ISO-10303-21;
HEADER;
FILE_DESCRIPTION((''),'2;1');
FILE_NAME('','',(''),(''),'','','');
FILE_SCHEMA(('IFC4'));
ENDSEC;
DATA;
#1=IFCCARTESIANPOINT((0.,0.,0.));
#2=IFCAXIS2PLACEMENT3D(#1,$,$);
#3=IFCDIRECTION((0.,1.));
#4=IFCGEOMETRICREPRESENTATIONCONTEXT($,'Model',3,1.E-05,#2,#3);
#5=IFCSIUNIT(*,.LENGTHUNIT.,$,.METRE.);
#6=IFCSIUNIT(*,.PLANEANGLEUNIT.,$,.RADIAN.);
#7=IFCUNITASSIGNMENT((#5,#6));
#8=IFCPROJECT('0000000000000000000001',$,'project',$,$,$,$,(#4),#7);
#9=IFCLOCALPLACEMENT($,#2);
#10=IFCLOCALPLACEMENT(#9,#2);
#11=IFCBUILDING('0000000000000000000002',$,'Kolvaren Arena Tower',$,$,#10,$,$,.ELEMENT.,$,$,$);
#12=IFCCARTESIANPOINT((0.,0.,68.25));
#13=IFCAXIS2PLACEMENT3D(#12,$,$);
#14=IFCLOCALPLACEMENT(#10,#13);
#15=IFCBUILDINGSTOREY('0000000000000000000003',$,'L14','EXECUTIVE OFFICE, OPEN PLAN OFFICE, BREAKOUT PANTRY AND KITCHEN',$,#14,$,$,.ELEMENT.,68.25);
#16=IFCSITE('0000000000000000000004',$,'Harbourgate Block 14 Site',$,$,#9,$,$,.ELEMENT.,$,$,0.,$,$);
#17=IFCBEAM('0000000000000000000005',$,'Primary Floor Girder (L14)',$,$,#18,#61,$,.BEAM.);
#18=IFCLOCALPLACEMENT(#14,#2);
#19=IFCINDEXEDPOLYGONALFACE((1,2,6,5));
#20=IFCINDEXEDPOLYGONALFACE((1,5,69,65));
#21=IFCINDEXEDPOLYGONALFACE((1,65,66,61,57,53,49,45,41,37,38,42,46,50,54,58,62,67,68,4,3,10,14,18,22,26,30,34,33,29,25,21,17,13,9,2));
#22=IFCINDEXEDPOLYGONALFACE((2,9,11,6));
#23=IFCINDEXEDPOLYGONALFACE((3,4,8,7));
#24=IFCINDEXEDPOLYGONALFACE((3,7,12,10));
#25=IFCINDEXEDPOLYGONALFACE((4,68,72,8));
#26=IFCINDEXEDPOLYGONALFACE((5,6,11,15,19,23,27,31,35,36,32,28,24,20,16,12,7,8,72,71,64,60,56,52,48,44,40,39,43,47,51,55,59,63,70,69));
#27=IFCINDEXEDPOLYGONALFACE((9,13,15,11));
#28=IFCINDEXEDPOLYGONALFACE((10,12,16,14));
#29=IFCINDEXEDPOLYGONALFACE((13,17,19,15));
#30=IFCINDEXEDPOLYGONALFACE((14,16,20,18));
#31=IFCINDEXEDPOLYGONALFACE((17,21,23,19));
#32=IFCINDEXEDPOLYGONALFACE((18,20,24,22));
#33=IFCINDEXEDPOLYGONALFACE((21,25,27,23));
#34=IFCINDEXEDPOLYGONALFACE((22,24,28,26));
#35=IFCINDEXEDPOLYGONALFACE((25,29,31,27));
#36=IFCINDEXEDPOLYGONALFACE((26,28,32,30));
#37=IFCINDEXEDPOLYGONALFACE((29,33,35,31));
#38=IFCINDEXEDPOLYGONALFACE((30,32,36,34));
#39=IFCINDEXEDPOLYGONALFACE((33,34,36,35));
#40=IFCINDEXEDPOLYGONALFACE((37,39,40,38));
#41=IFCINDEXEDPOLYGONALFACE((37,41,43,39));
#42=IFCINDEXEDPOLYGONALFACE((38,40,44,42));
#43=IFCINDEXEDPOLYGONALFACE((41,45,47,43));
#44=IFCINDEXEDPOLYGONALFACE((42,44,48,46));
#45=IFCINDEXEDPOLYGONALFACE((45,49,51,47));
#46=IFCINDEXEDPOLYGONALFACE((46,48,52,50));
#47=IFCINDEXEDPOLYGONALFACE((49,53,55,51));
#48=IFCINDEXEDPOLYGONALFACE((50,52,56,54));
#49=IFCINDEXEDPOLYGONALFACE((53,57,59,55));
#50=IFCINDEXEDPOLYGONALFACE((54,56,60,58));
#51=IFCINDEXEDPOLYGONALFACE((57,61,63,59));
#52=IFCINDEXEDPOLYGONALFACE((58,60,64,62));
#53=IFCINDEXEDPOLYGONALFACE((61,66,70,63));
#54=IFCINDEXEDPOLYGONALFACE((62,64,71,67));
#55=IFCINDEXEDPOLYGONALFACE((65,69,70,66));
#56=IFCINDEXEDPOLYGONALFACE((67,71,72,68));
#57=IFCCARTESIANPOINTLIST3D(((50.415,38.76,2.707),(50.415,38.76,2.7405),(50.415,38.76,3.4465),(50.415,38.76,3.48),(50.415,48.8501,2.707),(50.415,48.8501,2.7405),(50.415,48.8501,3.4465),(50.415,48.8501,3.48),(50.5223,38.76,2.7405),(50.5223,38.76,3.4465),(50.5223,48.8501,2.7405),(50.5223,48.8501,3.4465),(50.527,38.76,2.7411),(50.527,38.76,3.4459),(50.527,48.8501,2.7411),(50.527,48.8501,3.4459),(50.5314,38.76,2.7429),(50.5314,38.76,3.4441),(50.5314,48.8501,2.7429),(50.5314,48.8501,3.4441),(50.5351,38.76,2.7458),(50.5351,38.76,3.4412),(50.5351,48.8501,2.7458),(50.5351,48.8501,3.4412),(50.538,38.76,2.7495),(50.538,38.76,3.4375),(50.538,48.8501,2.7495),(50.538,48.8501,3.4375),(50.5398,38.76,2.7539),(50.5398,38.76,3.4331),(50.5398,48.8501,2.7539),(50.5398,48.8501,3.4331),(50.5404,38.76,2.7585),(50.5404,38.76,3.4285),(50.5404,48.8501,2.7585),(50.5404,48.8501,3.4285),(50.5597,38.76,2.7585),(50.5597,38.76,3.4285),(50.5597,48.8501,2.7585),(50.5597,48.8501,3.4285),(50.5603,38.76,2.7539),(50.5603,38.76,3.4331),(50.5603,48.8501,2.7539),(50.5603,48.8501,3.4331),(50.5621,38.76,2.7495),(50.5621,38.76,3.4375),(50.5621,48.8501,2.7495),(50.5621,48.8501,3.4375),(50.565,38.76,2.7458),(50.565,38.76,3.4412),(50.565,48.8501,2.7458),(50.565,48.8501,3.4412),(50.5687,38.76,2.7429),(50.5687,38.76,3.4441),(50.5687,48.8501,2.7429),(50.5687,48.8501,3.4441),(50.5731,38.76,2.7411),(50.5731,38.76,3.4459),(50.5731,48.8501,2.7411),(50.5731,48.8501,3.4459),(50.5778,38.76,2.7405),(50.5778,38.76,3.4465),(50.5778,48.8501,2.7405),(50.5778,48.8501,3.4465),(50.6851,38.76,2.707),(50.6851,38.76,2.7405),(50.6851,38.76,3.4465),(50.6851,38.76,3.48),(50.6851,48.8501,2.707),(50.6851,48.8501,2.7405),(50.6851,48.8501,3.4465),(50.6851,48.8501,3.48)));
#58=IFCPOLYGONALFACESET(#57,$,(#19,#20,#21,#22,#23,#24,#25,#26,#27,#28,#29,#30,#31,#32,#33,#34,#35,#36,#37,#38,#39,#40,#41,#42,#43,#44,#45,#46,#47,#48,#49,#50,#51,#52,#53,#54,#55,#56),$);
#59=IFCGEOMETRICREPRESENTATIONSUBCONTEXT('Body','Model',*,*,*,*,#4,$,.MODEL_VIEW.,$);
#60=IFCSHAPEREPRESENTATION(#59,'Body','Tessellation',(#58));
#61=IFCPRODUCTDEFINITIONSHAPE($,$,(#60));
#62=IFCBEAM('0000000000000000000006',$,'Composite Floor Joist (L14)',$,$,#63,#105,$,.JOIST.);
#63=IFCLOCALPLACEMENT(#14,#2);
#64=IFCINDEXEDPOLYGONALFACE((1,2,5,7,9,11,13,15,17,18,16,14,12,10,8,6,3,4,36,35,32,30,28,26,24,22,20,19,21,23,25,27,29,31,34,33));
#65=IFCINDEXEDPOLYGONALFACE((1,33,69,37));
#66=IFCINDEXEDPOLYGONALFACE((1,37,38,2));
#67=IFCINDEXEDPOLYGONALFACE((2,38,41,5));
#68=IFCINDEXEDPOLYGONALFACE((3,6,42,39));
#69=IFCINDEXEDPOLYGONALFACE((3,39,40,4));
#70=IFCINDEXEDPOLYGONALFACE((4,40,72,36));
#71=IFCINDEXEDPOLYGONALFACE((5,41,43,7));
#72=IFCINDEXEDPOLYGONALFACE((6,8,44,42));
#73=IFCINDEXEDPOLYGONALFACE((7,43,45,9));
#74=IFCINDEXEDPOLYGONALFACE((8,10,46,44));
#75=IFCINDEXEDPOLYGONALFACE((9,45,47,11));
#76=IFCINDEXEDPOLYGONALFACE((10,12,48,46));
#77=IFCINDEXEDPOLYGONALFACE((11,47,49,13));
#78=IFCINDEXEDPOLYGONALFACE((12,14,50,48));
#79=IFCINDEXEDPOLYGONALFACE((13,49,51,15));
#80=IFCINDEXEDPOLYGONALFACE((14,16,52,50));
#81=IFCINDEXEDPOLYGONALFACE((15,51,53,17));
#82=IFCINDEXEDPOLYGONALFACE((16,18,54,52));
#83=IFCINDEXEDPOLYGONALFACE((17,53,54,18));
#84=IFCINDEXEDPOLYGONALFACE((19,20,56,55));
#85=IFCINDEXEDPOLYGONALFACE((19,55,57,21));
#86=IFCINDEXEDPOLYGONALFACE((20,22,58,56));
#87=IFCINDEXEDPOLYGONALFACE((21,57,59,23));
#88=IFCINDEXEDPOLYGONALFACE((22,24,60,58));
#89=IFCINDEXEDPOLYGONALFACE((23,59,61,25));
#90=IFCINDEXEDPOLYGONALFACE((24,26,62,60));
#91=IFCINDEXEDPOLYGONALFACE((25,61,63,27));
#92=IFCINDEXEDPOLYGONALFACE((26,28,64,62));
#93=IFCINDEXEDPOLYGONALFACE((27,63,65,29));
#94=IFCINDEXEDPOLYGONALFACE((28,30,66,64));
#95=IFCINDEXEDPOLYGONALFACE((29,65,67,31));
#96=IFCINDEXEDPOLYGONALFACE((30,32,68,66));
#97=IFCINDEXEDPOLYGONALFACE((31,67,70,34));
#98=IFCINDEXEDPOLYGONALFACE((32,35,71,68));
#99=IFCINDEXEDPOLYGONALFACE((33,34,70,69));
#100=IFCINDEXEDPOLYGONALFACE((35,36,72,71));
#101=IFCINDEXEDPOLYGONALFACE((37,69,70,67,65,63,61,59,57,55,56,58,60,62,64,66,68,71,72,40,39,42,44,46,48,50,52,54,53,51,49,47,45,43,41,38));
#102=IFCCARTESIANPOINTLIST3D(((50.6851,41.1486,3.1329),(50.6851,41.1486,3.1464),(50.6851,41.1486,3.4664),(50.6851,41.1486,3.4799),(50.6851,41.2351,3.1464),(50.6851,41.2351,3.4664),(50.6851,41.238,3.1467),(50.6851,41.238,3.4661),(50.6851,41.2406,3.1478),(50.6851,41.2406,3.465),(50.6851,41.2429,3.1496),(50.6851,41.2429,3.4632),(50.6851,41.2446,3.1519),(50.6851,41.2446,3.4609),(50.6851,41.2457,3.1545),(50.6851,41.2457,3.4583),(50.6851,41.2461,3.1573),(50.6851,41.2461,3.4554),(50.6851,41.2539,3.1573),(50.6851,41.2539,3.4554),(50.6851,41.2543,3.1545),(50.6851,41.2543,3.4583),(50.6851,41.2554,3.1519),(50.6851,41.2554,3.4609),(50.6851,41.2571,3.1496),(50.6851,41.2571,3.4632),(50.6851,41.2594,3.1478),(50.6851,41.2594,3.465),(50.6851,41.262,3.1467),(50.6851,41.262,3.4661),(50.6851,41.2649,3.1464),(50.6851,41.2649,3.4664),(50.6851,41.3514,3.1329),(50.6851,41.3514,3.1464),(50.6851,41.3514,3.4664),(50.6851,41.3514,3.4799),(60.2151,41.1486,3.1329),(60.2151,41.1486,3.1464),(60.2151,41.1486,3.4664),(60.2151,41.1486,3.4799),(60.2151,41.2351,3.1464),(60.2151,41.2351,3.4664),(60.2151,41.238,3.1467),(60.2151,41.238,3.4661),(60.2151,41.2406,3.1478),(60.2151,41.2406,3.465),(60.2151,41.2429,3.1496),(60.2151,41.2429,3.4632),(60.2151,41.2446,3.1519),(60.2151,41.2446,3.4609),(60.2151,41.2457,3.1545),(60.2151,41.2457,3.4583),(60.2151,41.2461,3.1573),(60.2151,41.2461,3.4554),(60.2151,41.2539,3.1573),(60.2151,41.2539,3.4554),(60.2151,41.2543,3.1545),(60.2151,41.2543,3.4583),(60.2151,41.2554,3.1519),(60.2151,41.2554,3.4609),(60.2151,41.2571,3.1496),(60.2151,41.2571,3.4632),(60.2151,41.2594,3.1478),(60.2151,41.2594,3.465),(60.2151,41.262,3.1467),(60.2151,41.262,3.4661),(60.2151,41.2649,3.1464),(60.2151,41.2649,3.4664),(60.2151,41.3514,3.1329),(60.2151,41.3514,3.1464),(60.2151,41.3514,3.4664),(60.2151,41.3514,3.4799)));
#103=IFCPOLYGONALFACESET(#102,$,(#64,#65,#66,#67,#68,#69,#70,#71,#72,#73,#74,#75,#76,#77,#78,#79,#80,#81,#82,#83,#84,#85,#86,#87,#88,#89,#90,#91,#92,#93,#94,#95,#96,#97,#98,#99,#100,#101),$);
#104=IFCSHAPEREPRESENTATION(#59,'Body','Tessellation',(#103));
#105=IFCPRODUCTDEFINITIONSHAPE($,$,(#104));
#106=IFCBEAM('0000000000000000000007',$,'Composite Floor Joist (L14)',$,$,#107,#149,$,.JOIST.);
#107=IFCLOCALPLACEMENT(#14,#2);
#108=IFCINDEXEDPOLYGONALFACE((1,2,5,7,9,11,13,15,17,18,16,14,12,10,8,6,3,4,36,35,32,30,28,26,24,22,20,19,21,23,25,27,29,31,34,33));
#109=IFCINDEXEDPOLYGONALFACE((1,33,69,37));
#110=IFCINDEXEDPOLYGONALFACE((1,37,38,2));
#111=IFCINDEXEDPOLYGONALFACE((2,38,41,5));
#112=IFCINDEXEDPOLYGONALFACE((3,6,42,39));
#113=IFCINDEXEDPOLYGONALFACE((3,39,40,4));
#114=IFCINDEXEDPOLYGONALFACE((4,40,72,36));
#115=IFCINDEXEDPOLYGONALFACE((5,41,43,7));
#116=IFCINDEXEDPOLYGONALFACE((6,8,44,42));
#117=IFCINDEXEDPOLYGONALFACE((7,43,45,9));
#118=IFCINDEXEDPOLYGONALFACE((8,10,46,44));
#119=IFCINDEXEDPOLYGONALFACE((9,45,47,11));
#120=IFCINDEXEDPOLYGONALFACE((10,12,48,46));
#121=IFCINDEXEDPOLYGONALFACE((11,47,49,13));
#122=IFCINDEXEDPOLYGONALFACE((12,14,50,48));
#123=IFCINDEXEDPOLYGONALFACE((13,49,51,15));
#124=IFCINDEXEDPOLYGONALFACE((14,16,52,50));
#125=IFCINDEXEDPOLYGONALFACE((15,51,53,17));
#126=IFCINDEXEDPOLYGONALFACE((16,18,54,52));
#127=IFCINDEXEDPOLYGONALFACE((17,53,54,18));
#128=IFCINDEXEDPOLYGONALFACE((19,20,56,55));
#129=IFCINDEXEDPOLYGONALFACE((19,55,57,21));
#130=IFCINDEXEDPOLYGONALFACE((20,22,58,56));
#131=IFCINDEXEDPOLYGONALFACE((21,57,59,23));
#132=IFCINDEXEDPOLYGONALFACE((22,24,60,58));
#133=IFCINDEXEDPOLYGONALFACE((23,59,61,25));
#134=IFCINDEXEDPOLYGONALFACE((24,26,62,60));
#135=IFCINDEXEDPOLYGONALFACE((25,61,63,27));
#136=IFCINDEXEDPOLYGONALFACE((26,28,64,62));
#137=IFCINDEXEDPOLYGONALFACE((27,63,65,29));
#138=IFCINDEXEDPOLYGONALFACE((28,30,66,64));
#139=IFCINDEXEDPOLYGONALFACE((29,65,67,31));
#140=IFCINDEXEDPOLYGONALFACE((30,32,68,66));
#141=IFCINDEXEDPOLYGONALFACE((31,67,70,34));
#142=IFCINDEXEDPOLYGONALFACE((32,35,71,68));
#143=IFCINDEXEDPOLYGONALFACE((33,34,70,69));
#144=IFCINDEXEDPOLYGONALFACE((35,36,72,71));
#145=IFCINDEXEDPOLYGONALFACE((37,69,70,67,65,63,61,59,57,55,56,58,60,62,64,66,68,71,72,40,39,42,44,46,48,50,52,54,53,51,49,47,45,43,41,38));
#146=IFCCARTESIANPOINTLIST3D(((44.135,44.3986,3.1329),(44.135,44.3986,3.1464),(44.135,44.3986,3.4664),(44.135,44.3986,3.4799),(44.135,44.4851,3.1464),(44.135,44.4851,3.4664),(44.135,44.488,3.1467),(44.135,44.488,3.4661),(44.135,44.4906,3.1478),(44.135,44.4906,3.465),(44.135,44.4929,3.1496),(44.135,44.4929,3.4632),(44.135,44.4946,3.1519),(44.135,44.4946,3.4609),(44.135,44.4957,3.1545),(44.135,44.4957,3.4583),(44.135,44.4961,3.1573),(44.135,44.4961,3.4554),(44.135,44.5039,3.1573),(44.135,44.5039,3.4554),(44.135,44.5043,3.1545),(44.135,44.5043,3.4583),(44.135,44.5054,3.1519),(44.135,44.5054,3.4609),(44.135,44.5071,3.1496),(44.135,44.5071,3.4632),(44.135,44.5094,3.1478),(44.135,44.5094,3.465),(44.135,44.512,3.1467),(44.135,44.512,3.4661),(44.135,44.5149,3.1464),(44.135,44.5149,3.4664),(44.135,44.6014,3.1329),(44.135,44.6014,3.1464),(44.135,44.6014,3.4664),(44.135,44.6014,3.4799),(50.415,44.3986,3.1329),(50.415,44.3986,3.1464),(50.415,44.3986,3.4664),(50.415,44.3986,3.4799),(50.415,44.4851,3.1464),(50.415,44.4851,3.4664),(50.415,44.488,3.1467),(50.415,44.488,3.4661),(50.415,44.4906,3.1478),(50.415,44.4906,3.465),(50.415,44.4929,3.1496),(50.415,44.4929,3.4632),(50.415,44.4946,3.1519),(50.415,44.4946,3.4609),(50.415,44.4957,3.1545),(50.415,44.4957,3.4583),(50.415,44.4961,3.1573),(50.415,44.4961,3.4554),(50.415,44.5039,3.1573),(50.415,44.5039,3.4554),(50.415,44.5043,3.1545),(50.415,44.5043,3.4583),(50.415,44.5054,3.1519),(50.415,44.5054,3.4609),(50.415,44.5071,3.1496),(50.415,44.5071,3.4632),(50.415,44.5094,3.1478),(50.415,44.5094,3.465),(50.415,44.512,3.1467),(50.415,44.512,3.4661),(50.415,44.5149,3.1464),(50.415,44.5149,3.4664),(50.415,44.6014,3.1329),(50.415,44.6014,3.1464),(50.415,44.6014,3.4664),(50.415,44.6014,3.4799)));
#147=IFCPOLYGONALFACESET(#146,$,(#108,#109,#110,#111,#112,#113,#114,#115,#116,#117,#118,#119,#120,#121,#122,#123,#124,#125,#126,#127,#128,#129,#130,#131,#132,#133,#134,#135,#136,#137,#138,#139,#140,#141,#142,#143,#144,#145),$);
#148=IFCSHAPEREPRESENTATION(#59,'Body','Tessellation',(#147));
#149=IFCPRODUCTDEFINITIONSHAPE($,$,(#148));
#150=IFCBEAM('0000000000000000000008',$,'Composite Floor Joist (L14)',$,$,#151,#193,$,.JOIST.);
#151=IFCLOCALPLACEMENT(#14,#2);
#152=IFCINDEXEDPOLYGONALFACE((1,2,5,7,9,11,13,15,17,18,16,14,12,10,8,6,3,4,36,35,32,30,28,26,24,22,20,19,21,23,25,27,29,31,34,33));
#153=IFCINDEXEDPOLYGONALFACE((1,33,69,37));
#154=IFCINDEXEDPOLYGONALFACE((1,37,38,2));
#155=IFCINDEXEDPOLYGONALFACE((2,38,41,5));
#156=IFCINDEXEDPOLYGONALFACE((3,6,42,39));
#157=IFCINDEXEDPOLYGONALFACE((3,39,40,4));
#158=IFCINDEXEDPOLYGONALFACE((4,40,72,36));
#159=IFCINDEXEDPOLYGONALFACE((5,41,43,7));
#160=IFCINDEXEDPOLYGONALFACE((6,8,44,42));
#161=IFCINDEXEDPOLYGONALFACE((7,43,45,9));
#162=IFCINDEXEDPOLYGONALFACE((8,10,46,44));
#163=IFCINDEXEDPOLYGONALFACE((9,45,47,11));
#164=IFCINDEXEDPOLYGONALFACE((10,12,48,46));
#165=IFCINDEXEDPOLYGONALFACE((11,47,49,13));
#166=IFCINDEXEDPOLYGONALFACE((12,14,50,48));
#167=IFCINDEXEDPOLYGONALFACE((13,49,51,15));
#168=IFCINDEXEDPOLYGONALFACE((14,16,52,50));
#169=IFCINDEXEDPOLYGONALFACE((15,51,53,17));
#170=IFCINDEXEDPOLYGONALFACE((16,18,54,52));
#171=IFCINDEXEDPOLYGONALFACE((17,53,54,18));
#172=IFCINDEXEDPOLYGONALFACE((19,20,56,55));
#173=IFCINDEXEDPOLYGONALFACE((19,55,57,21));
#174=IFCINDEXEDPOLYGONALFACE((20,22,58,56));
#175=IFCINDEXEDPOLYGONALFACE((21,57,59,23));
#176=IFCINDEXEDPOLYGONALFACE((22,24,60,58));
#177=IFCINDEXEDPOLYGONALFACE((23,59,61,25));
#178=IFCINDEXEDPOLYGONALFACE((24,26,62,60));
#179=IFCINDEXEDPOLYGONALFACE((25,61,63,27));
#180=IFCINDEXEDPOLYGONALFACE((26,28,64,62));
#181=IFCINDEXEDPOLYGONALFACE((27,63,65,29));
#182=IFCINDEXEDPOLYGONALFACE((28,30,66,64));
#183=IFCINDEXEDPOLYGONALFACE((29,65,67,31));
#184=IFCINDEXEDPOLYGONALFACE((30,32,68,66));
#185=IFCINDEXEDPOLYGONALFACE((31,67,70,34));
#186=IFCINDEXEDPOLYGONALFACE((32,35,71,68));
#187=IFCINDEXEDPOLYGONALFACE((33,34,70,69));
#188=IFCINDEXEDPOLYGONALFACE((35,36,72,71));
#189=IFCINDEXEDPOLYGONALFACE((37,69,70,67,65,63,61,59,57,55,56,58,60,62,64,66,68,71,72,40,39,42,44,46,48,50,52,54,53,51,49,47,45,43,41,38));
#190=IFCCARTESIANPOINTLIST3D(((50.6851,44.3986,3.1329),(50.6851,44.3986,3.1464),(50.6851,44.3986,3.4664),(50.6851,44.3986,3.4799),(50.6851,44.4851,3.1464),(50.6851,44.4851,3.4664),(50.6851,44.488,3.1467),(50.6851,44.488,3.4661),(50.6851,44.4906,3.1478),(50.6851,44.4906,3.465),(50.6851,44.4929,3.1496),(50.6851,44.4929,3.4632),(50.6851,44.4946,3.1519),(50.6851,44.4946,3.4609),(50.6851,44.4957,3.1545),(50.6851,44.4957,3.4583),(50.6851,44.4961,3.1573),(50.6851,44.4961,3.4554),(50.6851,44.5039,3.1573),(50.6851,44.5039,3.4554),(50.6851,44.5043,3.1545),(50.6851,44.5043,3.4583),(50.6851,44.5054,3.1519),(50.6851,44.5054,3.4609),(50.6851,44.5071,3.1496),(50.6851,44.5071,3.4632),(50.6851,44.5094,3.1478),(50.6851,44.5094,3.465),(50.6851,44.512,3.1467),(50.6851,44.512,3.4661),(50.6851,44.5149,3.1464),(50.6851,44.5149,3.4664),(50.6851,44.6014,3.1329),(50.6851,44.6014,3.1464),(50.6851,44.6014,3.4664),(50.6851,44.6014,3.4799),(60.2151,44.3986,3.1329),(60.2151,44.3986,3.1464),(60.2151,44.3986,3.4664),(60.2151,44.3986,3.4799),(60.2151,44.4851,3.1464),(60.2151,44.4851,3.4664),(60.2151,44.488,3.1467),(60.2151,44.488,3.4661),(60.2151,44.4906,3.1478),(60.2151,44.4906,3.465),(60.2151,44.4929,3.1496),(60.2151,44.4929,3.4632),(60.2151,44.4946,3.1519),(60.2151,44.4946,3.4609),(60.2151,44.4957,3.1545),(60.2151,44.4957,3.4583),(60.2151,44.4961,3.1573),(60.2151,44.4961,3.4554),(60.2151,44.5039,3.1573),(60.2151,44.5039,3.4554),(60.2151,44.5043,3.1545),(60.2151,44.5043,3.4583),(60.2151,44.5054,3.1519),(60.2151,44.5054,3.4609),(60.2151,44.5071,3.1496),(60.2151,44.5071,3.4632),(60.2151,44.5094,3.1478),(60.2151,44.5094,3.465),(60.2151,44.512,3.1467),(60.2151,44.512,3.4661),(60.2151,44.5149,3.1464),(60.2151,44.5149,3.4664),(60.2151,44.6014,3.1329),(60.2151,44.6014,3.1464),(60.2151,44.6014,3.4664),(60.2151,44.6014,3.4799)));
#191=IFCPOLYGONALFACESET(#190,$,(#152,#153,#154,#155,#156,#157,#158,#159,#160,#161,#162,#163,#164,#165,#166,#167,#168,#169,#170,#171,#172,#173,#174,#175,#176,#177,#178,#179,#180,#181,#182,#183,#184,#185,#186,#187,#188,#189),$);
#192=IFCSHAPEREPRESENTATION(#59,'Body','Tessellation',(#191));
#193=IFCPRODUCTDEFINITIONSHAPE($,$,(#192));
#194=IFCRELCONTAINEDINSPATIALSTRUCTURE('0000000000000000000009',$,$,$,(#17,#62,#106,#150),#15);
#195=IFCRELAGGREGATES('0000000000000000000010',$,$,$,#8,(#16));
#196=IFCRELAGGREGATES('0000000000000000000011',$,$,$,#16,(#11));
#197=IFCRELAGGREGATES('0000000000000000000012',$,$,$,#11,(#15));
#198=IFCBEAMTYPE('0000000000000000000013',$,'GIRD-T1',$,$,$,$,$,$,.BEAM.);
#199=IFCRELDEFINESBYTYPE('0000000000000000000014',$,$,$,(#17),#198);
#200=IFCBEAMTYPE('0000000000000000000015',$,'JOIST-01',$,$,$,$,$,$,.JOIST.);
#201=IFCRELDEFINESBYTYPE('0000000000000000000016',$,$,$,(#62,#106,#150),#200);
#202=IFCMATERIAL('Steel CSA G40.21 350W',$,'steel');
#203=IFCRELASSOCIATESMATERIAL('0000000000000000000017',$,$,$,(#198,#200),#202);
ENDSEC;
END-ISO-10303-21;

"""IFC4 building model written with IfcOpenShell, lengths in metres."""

from ifc_helpers import new_model, si_unit, direction, frame, origin, origin_2d, place, context, subcontext, project, spatial, i_section, extrude, material, material_profile, profile_set, type_object, element, save


model = new_model("IFC4")

# Units and contexts
model_context = context("Model", 3, precision=1e-05, world=origin(), true_north=direction((0.0, 1.0)))
body_context = subcontext(model_context, "Body", "Model", "MODEL_VIEW")
ifc_project = project(units=[si_unit("LENGTHUNIT", "METRE"), si_unit("PLANEANGLEUNIT", "RADIAN")], contexts=[model_context])

# Site, building, storey
site_placement = place(None, origin())
site = spatial("IfcSite", under=ifc_project, at=site_placement, Name="Harbourgate Block 14 Site", CompositionType="ELEMENT", RefElevation=0.0)
building_placement = place(site_placement, origin())
building = spatial("IfcBuilding", under=site, at=building_placement, Name="Kolvaren Arena Tower", CompositionType="ELEMENT")
storey_placement = place(building_placement, frame((0.0, 0.0, 68.25)))
storey = spatial("IfcBuildingStorey", under=building, at=storey_placement, Name="L14", Description="EXECUTIVE OFFICE, OPEN PLAN OFFICE, BREAKOUT PANTRY AND KITCHEN", CompositionType="ELEMENT", Elevation=68.25)

# Beams
ifc_material_1 = material(Name="Steel CSA G40.21 350W", Category="steel")
ifc_material_profile_1 = material_profile(ifc_material_1, i_section(OverallWidth=0.27, OverallDepth=0.7729, WebThickness=0.0193, FlangeThickness=0.0334, FilletRadius=0.0181, at=origin_2d()), Name="W760x257")
ifc_profile_set_1 = profile_set([ifc_material_profile_1], Name="Steel CSA G40.21 350W")
beam_type_1 = type_object("IfcBeamType", Name="GIRD-T1", PredefinedType="BEAM", material=ifc_profile_set_1)
beam_1_placement = place(storey_placement, frame((50.55, 38.76, 3.0935), z_axis=(0.0, 1.0, 0.0), x_axis=(-1.0, 0.0, 0.0)))
element("IfcBeam", 1, at=beam_1_placement, inside=storey, type_object=beam_type_1, Name="Primary Floor Girder (L14)", PredefinedType="BEAM", context=body_context, shape_type="SweptSolid", body=[
    extrude(i_section(OverallWidth=0.27, OverallDepth=0.7729, WebThickness=0.0193, FlangeThickness=0.0334, FilletRadius=0.0181, at=origin_2d()), origin(), (0.0, 0.0, 1.0), 10.0901),
])
ifc_material_profile_2 = material_profile(ifc_material_1, i_section(OverallWidth=0.2029, OverallDepth=0.3469, WebThickness=0.0078, FlangeThickness=0.0134, FilletRadius=0.011, at=origin_2d()), Name="W360x64")
ifc_profile_set_2 = profile_set([ifc_material_profile_2], Name="Steel CSA G40.21 350W")
beam_type_2 = type_object("IfcBeamType", Name="JOIST-01", PredefinedType="JOIST", material=ifc_profile_set_2)
beam_2_placement = place(storey_placement, frame((50.6851, 41.25, 3.3064), z_axis=(1.0, 0.0, 0.0), x_axis=(0.0, 1.0, 0.0)))
element("IfcBeam", 2, at=beam_2_placement, inside=storey, type_object=beam_type_2, Name="Composite Floor Joist (L14)", PredefinedType="JOIST", context=body_context, shape_type="SweptSolid", body=[
    extrude(i_section(OverallWidth=0.2029, OverallDepth=0.3469, WebThickness=0.0078, FlangeThickness=0.0134, FilletRadius=0.011, at=origin_2d()), origin(), (0.0, 0.0, 1.0), 9.53),
])
beam_3_placement = place(storey_placement, frame((44.135, 44.5, 3.3064), z_axis=(1.0, 0.0, 0.0), x_axis=(0.0, 1.0, 0.0)))
element("IfcBeam", 3, at=beam_3_placement, inside=storey, type_object=beam_type_2, Name="Composite Floor Joist (L14)", PredefinedType="JOIST", context=body_context, shape_type="SweptSolid", body=[
    extrude(i_section(OverallWidth=0.2029, OverallDepth=0.3469, WebThickness=0.0078, FlangeThickness=0.0134, FilletRadius=0.011, at=origin_2d()), origin(), (0.0, 0.0, 1.0), 6.28),
])
beam_4_placement = place(storey_placement, frame((50.6851, 44.5, 3.3064), z_axis=(1.0, 0.0, 0.0), x_axis=(0.0, 1.0, 0.0)))
element("IfcBeam", 4, at=beam_4_placement, inside=storey, type_object=beam_type_2, Name="Composite Floor Joist (L14)", PredefinedType="JOIST", context=body_context, shape_type="SweptSolid", body=[
    extrude(i_section(OverallWidth=0.2029, OverallDepth=0.3469, WebThickness=0.0078, FlangeThickness=0.0134, FilletRadius=0.011, at=origin_2d()), origin(), (0.0, 0.0, 1.0), 9.53),
])

save(model, "model.ifc")
